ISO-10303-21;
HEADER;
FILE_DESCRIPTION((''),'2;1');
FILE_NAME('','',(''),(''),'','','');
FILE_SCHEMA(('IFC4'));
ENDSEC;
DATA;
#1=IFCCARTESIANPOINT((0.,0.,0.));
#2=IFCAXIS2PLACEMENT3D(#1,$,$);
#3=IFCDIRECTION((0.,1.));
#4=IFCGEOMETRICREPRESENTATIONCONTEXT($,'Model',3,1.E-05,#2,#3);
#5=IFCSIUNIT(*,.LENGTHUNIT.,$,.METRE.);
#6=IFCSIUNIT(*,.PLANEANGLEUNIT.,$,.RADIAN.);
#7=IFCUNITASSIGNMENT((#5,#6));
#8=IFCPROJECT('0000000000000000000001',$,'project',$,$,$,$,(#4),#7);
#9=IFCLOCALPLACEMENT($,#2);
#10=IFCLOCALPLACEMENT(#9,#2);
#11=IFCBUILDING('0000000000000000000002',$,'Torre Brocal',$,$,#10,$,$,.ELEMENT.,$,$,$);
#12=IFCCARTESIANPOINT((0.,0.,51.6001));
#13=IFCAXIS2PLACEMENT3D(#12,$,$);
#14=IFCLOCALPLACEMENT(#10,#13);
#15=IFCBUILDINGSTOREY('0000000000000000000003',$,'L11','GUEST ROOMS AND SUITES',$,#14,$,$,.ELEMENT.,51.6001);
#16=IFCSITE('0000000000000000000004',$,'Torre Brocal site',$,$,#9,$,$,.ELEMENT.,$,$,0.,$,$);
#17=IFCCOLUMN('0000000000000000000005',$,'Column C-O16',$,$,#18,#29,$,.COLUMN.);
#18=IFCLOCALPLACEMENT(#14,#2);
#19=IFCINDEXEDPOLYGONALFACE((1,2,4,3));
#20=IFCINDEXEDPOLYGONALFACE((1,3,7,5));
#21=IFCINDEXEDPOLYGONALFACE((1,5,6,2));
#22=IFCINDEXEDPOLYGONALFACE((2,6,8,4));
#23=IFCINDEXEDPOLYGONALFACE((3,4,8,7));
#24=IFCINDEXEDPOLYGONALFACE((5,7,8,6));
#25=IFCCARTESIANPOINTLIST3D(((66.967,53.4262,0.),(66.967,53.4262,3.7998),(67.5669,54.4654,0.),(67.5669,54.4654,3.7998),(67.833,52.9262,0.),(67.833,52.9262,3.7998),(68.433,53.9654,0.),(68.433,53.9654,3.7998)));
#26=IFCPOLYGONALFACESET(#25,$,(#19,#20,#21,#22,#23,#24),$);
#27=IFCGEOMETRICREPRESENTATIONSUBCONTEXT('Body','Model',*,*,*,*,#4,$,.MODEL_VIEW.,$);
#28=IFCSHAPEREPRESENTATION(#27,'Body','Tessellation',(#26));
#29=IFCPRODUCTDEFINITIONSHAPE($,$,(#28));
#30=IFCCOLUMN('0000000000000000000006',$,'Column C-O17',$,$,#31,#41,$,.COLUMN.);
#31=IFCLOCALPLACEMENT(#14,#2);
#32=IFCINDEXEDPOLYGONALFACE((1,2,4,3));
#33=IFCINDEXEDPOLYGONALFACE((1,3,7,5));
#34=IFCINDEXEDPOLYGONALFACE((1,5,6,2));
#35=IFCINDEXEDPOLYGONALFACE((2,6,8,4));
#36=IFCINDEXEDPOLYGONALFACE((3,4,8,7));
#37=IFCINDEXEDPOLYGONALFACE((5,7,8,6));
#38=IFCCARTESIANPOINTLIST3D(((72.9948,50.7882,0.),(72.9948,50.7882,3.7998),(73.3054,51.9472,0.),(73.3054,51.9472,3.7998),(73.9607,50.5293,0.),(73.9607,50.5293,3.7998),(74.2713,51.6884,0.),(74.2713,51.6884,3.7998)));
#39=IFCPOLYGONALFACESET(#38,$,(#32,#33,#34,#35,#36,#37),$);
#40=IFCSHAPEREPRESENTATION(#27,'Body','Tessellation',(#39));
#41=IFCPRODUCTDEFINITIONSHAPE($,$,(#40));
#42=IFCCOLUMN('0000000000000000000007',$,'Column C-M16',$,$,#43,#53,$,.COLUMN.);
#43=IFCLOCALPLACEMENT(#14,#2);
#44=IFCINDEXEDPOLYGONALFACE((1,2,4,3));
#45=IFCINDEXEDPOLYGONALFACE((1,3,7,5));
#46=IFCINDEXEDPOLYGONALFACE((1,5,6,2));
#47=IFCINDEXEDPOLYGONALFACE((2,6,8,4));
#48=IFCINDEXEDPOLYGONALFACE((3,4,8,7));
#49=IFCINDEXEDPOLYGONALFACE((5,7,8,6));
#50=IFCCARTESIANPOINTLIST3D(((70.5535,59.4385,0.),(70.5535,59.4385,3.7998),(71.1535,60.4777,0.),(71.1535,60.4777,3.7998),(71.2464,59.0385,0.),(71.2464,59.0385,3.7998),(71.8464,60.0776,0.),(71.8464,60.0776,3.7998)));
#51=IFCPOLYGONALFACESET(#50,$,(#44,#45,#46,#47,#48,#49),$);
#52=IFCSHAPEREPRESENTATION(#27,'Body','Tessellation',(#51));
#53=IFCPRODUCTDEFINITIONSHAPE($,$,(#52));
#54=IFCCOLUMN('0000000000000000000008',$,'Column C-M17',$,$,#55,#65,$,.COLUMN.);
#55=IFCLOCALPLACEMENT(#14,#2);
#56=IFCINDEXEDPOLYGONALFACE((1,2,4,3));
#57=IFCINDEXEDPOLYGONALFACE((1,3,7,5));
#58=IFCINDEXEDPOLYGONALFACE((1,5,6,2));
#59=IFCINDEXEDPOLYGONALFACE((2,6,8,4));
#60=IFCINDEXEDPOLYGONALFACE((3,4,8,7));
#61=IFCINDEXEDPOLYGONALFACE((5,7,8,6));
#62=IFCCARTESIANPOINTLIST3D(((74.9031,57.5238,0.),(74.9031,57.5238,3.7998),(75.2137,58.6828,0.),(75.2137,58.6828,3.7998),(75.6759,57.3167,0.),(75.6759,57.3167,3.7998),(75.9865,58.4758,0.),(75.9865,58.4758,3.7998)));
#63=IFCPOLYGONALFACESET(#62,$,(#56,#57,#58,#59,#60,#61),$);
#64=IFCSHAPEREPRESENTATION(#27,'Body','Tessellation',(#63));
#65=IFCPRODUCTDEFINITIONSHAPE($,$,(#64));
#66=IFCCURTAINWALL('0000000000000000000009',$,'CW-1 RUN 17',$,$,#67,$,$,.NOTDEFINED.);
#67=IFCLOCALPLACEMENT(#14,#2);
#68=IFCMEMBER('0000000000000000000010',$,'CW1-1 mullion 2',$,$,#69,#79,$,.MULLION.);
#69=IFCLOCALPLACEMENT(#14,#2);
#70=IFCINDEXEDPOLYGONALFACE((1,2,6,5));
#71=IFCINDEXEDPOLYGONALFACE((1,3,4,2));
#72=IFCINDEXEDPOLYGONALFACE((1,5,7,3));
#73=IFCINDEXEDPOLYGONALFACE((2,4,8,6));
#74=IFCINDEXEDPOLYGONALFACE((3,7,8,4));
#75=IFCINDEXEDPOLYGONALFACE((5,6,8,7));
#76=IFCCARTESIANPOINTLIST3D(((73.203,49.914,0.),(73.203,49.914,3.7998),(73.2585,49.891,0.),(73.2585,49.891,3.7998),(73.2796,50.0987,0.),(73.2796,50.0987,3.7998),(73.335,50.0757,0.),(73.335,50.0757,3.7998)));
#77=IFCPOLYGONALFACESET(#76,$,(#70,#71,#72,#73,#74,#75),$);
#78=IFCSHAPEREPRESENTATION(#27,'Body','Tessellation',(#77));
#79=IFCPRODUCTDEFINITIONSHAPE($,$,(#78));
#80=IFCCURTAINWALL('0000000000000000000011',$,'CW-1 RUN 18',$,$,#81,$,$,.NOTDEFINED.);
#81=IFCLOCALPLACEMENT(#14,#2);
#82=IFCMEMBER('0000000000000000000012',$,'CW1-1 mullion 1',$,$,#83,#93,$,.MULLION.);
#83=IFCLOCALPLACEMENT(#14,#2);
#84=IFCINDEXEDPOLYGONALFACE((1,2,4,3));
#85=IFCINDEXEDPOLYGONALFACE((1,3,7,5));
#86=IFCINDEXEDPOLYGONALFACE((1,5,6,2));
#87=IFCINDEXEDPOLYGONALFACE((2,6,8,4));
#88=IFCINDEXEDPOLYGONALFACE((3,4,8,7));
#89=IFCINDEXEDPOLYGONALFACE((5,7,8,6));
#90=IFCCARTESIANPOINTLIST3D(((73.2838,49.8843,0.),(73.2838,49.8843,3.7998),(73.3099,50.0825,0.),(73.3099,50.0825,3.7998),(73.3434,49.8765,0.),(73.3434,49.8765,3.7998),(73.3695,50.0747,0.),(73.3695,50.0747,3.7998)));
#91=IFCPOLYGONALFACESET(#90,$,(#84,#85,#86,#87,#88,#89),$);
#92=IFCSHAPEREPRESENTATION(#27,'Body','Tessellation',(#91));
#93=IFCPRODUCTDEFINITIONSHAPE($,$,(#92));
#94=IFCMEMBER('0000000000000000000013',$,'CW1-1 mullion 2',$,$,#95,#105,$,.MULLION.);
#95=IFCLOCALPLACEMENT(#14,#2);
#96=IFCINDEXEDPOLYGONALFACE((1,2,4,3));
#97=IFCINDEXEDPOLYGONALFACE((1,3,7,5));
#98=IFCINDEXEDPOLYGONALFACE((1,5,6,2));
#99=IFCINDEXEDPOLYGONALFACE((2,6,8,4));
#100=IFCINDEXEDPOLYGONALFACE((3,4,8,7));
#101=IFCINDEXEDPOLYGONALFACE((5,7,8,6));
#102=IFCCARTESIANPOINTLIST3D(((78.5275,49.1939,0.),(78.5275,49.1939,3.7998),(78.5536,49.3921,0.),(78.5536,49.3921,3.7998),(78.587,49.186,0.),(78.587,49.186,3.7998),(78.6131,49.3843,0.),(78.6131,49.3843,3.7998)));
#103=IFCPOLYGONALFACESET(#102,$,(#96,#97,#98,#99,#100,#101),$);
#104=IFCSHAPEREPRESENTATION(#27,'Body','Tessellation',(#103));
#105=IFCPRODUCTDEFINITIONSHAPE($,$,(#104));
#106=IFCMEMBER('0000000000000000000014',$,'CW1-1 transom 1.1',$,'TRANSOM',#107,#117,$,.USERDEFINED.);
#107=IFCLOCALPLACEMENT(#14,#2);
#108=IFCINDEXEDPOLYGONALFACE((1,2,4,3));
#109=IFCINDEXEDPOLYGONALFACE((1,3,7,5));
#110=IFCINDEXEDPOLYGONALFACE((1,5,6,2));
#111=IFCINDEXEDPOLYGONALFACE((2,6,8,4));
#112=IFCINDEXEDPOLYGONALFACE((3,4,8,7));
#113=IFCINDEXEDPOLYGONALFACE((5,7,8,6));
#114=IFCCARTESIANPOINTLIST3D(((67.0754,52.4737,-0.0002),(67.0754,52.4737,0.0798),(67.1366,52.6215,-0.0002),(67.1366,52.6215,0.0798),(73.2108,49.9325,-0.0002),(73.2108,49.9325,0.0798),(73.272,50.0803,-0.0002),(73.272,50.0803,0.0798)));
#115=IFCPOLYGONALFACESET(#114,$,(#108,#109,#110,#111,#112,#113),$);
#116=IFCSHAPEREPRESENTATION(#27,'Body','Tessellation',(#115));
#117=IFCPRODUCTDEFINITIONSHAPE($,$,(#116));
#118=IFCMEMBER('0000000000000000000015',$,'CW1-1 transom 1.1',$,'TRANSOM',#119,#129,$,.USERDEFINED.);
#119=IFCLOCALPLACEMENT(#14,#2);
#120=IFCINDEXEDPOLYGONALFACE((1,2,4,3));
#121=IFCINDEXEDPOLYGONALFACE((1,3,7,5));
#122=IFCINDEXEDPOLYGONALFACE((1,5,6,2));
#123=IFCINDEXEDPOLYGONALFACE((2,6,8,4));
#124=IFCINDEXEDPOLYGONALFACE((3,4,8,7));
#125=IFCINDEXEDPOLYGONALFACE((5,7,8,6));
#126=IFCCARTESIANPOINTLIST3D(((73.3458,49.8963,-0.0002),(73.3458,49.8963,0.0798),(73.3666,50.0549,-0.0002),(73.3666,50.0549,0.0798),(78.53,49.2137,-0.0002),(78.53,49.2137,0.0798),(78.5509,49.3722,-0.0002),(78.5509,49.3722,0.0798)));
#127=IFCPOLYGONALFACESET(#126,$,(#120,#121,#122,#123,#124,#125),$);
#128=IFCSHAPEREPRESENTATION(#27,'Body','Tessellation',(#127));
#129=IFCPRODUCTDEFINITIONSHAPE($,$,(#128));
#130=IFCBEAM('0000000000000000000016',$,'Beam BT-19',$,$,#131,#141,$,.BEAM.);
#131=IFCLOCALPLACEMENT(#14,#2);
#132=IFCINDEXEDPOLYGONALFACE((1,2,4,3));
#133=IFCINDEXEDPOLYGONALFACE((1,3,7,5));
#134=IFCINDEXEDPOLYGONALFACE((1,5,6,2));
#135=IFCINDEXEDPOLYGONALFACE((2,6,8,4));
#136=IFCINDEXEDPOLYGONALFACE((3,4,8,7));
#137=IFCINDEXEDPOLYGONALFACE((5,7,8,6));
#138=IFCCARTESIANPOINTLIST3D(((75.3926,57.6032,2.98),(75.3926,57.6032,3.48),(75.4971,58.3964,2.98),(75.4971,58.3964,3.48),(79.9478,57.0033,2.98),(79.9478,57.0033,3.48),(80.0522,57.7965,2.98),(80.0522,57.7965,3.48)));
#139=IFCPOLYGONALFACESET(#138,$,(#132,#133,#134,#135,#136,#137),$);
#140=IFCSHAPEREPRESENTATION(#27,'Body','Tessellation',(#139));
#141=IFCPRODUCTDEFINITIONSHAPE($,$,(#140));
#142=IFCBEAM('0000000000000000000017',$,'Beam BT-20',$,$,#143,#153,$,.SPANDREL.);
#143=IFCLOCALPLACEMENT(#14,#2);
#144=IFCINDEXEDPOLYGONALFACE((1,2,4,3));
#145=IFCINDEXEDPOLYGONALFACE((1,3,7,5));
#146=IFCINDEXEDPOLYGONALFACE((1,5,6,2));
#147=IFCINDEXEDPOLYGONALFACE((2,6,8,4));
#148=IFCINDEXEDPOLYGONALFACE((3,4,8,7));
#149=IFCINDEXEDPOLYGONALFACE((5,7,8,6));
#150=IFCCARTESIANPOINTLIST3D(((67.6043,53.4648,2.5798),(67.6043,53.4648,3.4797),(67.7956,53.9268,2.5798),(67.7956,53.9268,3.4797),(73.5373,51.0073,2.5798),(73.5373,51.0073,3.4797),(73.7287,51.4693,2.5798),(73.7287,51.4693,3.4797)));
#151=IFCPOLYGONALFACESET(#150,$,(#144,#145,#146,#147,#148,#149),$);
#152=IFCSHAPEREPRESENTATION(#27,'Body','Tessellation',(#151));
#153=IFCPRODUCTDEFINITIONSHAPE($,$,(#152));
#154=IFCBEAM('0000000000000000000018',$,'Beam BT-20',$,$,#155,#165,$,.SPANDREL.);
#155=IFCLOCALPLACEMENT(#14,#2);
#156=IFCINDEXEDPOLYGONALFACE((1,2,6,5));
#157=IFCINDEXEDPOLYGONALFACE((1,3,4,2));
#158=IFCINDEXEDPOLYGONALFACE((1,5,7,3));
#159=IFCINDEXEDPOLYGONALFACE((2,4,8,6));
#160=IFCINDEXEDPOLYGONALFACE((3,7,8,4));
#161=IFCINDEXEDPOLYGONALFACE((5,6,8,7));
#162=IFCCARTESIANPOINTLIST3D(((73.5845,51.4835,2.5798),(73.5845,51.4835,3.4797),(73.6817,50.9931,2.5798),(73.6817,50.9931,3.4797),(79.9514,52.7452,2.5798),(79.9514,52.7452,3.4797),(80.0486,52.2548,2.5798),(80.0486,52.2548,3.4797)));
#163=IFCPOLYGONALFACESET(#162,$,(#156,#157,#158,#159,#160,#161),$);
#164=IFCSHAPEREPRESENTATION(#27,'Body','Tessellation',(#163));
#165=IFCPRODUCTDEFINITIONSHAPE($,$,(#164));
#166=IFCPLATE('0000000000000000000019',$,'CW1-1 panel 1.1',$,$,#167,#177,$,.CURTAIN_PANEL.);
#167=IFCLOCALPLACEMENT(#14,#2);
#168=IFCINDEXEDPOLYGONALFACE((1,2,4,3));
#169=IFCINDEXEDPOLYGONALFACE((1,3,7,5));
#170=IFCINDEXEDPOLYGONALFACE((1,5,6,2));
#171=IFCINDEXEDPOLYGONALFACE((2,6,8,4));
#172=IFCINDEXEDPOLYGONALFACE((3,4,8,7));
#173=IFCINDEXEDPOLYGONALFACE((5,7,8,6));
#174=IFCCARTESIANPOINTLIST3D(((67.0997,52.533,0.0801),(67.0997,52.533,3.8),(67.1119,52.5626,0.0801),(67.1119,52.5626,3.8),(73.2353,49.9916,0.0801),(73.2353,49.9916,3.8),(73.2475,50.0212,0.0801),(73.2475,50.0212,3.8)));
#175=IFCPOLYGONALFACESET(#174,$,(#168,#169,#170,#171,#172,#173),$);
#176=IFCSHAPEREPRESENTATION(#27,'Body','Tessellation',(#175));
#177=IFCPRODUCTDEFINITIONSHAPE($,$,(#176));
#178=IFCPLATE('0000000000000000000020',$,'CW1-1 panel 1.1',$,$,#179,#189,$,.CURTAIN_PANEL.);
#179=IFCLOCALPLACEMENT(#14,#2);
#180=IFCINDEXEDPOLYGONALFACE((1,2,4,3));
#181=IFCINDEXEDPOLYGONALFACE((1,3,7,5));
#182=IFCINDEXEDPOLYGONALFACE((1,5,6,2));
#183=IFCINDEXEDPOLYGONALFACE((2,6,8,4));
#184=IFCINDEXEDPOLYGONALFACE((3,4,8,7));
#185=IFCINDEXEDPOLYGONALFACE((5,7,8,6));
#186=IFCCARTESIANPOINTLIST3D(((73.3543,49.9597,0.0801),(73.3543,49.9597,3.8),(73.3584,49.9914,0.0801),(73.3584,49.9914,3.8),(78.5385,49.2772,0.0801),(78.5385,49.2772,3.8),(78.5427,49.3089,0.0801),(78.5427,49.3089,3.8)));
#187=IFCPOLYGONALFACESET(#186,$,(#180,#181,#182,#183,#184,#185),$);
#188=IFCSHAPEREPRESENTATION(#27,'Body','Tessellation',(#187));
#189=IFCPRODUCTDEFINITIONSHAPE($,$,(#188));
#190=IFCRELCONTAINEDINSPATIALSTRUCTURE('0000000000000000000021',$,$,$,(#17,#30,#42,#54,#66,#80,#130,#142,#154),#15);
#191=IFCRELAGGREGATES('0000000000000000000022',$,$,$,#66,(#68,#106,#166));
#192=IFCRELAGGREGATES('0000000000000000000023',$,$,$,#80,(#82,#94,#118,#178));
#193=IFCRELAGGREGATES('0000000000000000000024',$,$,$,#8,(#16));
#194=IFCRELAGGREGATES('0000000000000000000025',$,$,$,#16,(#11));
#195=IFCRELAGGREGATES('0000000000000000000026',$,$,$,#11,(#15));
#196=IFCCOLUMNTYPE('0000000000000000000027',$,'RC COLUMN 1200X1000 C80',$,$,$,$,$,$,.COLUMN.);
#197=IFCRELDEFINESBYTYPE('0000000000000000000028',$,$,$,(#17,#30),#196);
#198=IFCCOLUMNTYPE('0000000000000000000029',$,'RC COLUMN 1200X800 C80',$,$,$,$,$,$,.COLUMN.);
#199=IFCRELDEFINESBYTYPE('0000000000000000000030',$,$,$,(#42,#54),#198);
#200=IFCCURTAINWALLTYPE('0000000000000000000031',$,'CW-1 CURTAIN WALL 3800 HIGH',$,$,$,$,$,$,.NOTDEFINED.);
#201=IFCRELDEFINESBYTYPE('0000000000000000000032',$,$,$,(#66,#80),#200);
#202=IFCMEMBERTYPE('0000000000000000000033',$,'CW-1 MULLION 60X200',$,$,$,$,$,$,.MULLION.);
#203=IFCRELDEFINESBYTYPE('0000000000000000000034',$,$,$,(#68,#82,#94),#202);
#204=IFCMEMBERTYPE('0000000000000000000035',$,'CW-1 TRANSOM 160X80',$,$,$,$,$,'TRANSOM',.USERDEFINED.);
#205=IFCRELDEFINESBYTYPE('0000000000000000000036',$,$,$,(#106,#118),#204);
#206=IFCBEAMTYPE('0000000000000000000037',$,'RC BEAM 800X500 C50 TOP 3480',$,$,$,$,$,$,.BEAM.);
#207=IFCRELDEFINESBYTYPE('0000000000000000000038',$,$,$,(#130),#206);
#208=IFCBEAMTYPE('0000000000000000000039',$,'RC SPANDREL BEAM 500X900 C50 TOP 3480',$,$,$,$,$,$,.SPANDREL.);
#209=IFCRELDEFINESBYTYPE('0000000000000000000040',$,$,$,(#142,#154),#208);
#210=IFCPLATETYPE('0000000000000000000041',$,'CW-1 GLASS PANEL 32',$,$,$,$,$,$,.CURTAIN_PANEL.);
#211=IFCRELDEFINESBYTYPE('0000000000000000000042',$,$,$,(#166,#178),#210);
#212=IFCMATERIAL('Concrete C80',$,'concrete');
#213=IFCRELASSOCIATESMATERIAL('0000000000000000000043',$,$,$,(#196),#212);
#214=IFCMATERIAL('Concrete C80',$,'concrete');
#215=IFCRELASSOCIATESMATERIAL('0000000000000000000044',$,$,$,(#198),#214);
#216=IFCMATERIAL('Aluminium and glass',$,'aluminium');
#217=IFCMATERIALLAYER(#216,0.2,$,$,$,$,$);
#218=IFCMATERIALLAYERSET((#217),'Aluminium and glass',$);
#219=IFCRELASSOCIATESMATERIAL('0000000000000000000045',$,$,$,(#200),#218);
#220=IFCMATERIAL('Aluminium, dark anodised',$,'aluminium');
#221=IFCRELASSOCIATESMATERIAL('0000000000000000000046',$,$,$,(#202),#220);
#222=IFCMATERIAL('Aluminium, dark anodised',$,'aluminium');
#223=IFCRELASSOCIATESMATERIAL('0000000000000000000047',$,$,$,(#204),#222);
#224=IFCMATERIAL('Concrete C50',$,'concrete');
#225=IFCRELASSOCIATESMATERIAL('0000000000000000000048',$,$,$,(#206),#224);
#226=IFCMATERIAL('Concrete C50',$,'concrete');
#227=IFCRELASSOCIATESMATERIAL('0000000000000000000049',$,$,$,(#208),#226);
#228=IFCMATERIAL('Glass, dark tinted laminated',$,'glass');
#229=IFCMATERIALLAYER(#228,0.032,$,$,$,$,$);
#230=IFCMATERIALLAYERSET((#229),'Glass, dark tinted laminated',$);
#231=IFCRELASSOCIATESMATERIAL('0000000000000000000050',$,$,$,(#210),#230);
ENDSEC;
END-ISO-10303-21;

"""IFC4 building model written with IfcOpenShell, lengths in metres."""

from ifc_helpers import new_model, si_unit, direction, frame, origin, origin_2d, place, context, subcontext, project, spatial, rectangle, extrude, material, layer, layer_set, material_profile, profile_set, type_object, element, aggregate, save


model = new_model("IFC4")

# Units and contexts
model_context = context("Model", 3, precision=1e-05, world=origin(), true_north=direction((0.0, 1.0)))
body_context = subcontext(model_context, "Body", "Model", "MODEL_VIEW")
ifc_project = project(units=[si_unit("LENGTHUNIT", "METRE"), si_unit("PLANEANGLEUNIT", "RADIAN")], contexts=[model_context])

# Site, building, storey
site_placement = place(None, origin())
site = spatial("IfcSite", under=ifc_project, at=site_placement, Name="Torre Brocal site", CompositionType="ELEMENT", RefElevation=0.0)
building_placement = place(site_placement, origin())
building = spatial("IfcBuilding", under=site, at=building_placement, Name="Torre Brocal", CompositionType="ELEMENT")
storey_placement = place(building_placement, frame((0.0, 0.0, 51.6001)))
storey = spatial("IfcBuildingStorey", under=building, at=storey_placement, Name="L11", Description="GUEST ROOMS AND SUITES", CompositionType="ELEMENT", Elevation=51.6001)

# Columns
ifc_material_1 = material(Name="Concrete C80", Category="concrete")
ifc_material_profile_1 = material_profile(ifc_material_1, rectangle(XDim=1.2, YDim=1.0, at=origin_2d()), Name="RC 1200X1000")
ifc_profile_set_1 = profile_set([ifc_material_profile_1], Name="Concrete C80")
column_type_1 = type_object("IfcColumnType", Name="RC COLUMN 1200X1000 C80", PredefinedType="COLUMN", material=ifc_profile_set_1)
for number, where, z_axis, x_axis, name in (
    (1, (67.7, 53.6958, 0.0), (0.0, 0.0, 1.0), (-0.5, -0.866025, 0.0), "Column C-O16"),
    (2, (73.6331, 51.2383, 0.0), (0.0, 0.0, 1.0), (-0.258819, -0.965926, 0.0), "Column C-O17"),
):
    element("IfcColumn", number, at=place(storey_placement, frame(where, z_axis=z_axis, x_axis=x_axis)), inside=storey, type_object=column_type_1, Name=name, PredefinedType="COLUMN", context=body_context, shape_type="SweptSolid", body=[
        extrude(rectangle(XDim=1.2, YDim=1.0, at=origin_2d()), origin(), (0.0, 0.0, 1.0), 3.7998),
    ])
ifc_material_2 = material(Name="Concrete C80", Category="concrete")
ifc_material_profile_2 = material_profile(ifc_material_2, rectangle(XDim=1.2, YDim=0.8, at=origin_2d()), Name="RC 1200X800")
ifc_profile_set_2 = profile_set([ifc_material_profile_2], Name="Concrete C80")
column_type_2 = type_object("IfcColumnType", Name="RC COLUMN 1200X800 C80", PredefinedType="COLUMN", material=ifc_profile_set_2)
for number, where, z_axis, x_axis, name in (
    (3, (71.2, 59.7581, 0.0), (0.0, 0.0, 1.0), (-0.5, -0.866025, 0.0), "Column C-M16"),
    (4, (75.4448, 57.9998, 0.0), (0.0, 0.0, 1.0), (-0.258819, -0.965926, 0.0), "Column C-M17"),
):
    element("IfcColumn", number, at=place(storey_placement, frame(where, z_axis=z_axis, x_axis=x_axis)), inside=storey, type_object=column_type_2, Name=name, PredefinedType="COLUMN", context=body_context, shape_type="SweptSolid", body=[
        extrude(rectangle(XDim=1.2, YDim=0.8, at=origin_2d()), origin(), (0.0, 0.0, 1.0), 3.7998),
    ])

# Curtain wall, member
ifc_material_3 = material(Name="Aluminium and glass", Category="aluminium")
ifc_layer_1 = layer(ifc_material_3, 0.2)
ifc_layer_set_1 = layer_set([ifc_layer_1], Name="Aluminium and glass")
curtain_wall_type = type_object("IfcCurtainWallType", Name="CW-1 CURTAIN WALL 3800 HIGH", PredefinedType="NOTDEFINED", material=ifc_layer_set_1)
curtain_wall_1_placement = place(storey_placement, origin())
curtain_wall_1 = element("IfcCurtainWall", 5, at=curtain_wall_1_placement, inside=storey, type_object=curtain_wall_type, Name="CW-1 RUN 17", PredefinedType="NOTDEFINED")
ifc_material_4 = material(Name="Aluminium, dark anodised", Category="aluminium")
ifc_material_profile_3 = material_profile(ifc_material_4, rectangle(XDim=0.2, YDim=0.0601, at=origin_2d()), Name="CW-1 MULLION 60X200")
ifc_profile_set_3 = profile_set([ifc_material_profile_3], Name="Aluminium, dark anodised")
member_type_1 = type_object("IfcMemberType", Name="CW-1 MULLION 60X200", PredefinedType="MULLION", material=ifc_profile_set_3)
member_1_placement = place(storey_placement, frame((73.269, 49.9949, 0.0), z_axis=(0.0, 0.0, 1.0), x_axis=(0.382683, 0.92388, 0.0)))
member_1 = element("IfcMember", 6, at=member_1_placement, type_object=member_type_1, Name="CW1-1 mullion 2", PredefinedType="MULLION", context=body_context, shape_type="SweptSolid", body=[
    extrude(rectangle(XDim=0.2, YDim=0.0601, at=origin_2d()), origin(), (0.0, 0.0, 1.0), 3.7998),
])

# Curtain wall, members
curtain_wall_2_placement = place(storey_placement, origin())
curtain_wall_2 = element("IfcCurtainWall", 7, at=curtain_wall_2_placement, inside=storey, type_object=curtain_wall_type, Name="CW-1 RUN 18", PredefinedType="NOTDEFINED")
member_2_placement = place(storey_placement, frame((73.3267, 49.9795, 0.0), z_axis=(0.0, 0.0, 1.0), x_axis=(0.130526, 0.991445, 0.0)))
member_2 = element("IfcMember", 8, at=member_2_placement, type_object=member_type_1, Name="CW1-1 mullion 1", PredefinedType="MULLION", context=body_context, shape_type="SweptSolid", body=[
    extrude(rectangle(XDim=0.2, YDim=0.0601, at=origin_2d()), origin(), (0.0, 0.0, 1.0), 3.7998),
])
member_3_placement = place(storey_placement, frame((78.5703, 49.2891, 0.0), z_axis=(0.0, 0.0, 1.0), x_axis=(0.130526, 0.991445, 0.0)))
member_3 = element("IfcMember", 9, at=member_3_placement, type_object=member_type_1, Name="CW1-1 mullion 2", PredefinedType="MULLION", context=body_context, shape_type="SweptSolid", body=[
    extrude(rectangle(XDim=0.2, YDim=0.0601, at=origin_2d()), origin(), (0.0, 0.0, 1.0), 3.7998),
])

# Members
ifc_material_5 = material(Name="Aluminium, dark anodised", Category="aluminium")
ifc_material_profile_4 = material_profile(ifc_material_5, rectangle(XDim=0.1599, YDim=0.0801, at=origin_2d()), Name="CW-1 TRANSOM 160X80")
ifc_profile_set_4 = profile_set([ifc_material_profile_4], Name="Aluminium, dark anodised")
member_type_2 = type_object("IfcMemberType", Name="CW-1 TRANSOM 160X80", ElementType="TRANSOM", PredefinedType="USERDEFINED", material=ifc_profile_set_4)
member_4_placement = place(storey_placement, frame((67.106, 52.5476, 0.0398), z_axis=(0.923887, -0.382665, 0.0), x_axis=(0.382665, 0.923887, 0.0)))
member_4 = element("IfcMember", 10, at=member_4_placement, type_object=member_type_2, Name="CW1-1 transom 1.1", ObjectType="TRANSOM", PredefinedType="USERDEFINED", context=body_context, shape_type="SweptSolid", body=[
    extrude(rectangle(XDim=0.1599, YDim=0.0801, at=origin_2d()), origin(), (0.0, 0.0, 1.0), 6.6409),
])
member_5_placement = place(storey_placement, frame((73.3562, 49.9756, 0.0398), z_axis=(0.991443, -0.130543, 0.0), x_axis=(0.130543, 0.991443, 0.0)))
member_5 = element("IfcMember", 11, at=member_5_placement, type_object=member_type_2, Name="CW1-1 transom 1.1", ObjectType="TRANSOM", PredefinedType="USERDEFINED", context=body_context, shape_type="SweptSolid", body=[
    extrude(rectangle(XDim=0.1599, YDim=0.0801, at=origin_2d()), origin(), (0.0, 0.0, 1.0), 5.229),
])

# Beams
ifc_material_6 = material(Name="Concrete C50", Category="concrete")
ifc_material_profile_5 = material_profile(ifc_material_6, rectangle(XDim=0.8, YDim=0.5, at=origin_2d()), Name="RC 800X500")
ifc_profile_set_5 = profile_set([ifc_material_profile_5], Name="Concrete C50")
beam_type_1 = type_object("IfcBeamType", Name="RC BEAM 800X500 C50 TOP 3480", PredefinedType="BEAM", material=ifc_profile_set_5)
beam_1_placement = place(storey_placement, frame((75.4448, 57.9998, 3.23), z_axis=(0.991441, -0.130559, 0.0), x_axis=(0.130559, 0.991441, 0.0)))
element("IfcBeam", 12, at=beam_1_placement, inside=storey, type_object=beam_type_1, Name="Beam BT-19", PredefinedType="BEAM", context=body_context, shape_type="SweptSolid", body=[
    extrude(rectangle(XDim=0.8, YDim=0.5, at=origin_2d()), origin(), (0.0, 0.0, 1.0), 4.5945),
])
ifc_material_7 = material(Name="Concrete C50", Category="concrete")
ifc_material_profile_6 = material_profile(ifc_material_7, rectangle(XDim=0.5, YDim=0.8999, at=origin_2d()), Name="RC 500X900")
ifc_profile_set_6 = profile_set([ifc_material_profile_6], Name="Concrete C50")
beam_type_2 = type_object("IfcBeamType", Name="RC SPANDREL BEAM 500X900 C50 TOP 3480", PredefinedType="SPANDREL", material=ifc_profile_set_6)
beam_2_placement = place(storey_placement, frame((67.7, 53.6958, 3.0298), z_axis=(0.923882, -0.382676, 0.0), x_axis=(0.382676, 0.923882, 0.0)))
element("IfcBeam", 13, at=beam_2_placement, inside=storey, type_object=beam_type_2, Name="Beam BT-20", PredefinedType="SPANDREL", context=body_context, shape_type="SweptSolid", body=[
    extrude(rectangle(XDim=0.5, YDim=0.8999, at=origin_2d()), origin(), (0.0, 0.0, 1.0), 6.4219),
])
beam_3_placement = place(storey_placement, frame((73.6331, 51.2383, 3.0298), z_axis=(0.980925, 0.194387, 0.0), x_axis=(-0.194387, 0.980925, 0.0)))
element("IfcBeam", 14, at=beam_3_placement, inside=storey, type_object=beam_type_2, Name="Beam BT-20", PredefinedType="SPANDREL", context=body_context, shape_type="SweptSolid", body=[
    extrude(rectangle(XDim=0.5, YDim=0.8999, at=origin_2d()), origin(), (0.0, 0.0, 1.0), 6.4907),
])

# Plates
ifc_material_8 = material(Name="Glass, dark tinted laminated", Category="glass")
ifc_layer_2 = layer(ifc_material_8, 0.032)
ifc_layer_set_2 = layer_set([ifc_layer_2], Name="Glass, dark tinted laminated")
plate_type = type_object("IfcPlateType", Name="CW-1 GLASS PANEL 32", PredefinedType="CURTAIN_PANEL", material=ifc_layer_set_2)
plate_1_placement = place(storey_placement, frame((70.1736, 51.2771, 0.0801), z_axis=(0.0, 0.0, 1.0), x_axis=(0.92388, -0.382683, 0.0)))
plate_1 = element("IfcPlate", 15, at=plate_1_placement, type_object=plate_type, Name="CW1-1 panel 1.1", PredefinedType="CURTAIN_PANEL", context=body_context, shape_type="SweptSolid", body=[
    extrude(rectangle(XDim=6.6411, YDim=0.032, at=origin_2d()), origin(), (0.0, 0.0, 1.0), 3.72),
])
aggregate(curtain_wall_1, [member_1, member_4, plate_1])
plate_2_placement = place(storey_placement, frame((75.9485, 49.6343, 0.0801), z_axis=(0.0, 0.0, 1.0), x_axis=(0.991445, -0.130526, 0.0)))
plate_2 = element("IfcPlate", 16, at=plate_2_placement, type_object=plate_type, Name="CW1-1 panel 1.1", PredefinedType="CURTAIN_PANEL", context=body_context, shape_type="SweptSolid", body=[
    extrude(rectangle(XDim=5.229, YDim=0.032, at=origin_2d()), origin(), (0.0, 0.0, 1.0), 3.72),
])
aggregate(curtain_wall_2, [member_2, member_3, member_5, plate_2])

save(model, "model.ifc")
